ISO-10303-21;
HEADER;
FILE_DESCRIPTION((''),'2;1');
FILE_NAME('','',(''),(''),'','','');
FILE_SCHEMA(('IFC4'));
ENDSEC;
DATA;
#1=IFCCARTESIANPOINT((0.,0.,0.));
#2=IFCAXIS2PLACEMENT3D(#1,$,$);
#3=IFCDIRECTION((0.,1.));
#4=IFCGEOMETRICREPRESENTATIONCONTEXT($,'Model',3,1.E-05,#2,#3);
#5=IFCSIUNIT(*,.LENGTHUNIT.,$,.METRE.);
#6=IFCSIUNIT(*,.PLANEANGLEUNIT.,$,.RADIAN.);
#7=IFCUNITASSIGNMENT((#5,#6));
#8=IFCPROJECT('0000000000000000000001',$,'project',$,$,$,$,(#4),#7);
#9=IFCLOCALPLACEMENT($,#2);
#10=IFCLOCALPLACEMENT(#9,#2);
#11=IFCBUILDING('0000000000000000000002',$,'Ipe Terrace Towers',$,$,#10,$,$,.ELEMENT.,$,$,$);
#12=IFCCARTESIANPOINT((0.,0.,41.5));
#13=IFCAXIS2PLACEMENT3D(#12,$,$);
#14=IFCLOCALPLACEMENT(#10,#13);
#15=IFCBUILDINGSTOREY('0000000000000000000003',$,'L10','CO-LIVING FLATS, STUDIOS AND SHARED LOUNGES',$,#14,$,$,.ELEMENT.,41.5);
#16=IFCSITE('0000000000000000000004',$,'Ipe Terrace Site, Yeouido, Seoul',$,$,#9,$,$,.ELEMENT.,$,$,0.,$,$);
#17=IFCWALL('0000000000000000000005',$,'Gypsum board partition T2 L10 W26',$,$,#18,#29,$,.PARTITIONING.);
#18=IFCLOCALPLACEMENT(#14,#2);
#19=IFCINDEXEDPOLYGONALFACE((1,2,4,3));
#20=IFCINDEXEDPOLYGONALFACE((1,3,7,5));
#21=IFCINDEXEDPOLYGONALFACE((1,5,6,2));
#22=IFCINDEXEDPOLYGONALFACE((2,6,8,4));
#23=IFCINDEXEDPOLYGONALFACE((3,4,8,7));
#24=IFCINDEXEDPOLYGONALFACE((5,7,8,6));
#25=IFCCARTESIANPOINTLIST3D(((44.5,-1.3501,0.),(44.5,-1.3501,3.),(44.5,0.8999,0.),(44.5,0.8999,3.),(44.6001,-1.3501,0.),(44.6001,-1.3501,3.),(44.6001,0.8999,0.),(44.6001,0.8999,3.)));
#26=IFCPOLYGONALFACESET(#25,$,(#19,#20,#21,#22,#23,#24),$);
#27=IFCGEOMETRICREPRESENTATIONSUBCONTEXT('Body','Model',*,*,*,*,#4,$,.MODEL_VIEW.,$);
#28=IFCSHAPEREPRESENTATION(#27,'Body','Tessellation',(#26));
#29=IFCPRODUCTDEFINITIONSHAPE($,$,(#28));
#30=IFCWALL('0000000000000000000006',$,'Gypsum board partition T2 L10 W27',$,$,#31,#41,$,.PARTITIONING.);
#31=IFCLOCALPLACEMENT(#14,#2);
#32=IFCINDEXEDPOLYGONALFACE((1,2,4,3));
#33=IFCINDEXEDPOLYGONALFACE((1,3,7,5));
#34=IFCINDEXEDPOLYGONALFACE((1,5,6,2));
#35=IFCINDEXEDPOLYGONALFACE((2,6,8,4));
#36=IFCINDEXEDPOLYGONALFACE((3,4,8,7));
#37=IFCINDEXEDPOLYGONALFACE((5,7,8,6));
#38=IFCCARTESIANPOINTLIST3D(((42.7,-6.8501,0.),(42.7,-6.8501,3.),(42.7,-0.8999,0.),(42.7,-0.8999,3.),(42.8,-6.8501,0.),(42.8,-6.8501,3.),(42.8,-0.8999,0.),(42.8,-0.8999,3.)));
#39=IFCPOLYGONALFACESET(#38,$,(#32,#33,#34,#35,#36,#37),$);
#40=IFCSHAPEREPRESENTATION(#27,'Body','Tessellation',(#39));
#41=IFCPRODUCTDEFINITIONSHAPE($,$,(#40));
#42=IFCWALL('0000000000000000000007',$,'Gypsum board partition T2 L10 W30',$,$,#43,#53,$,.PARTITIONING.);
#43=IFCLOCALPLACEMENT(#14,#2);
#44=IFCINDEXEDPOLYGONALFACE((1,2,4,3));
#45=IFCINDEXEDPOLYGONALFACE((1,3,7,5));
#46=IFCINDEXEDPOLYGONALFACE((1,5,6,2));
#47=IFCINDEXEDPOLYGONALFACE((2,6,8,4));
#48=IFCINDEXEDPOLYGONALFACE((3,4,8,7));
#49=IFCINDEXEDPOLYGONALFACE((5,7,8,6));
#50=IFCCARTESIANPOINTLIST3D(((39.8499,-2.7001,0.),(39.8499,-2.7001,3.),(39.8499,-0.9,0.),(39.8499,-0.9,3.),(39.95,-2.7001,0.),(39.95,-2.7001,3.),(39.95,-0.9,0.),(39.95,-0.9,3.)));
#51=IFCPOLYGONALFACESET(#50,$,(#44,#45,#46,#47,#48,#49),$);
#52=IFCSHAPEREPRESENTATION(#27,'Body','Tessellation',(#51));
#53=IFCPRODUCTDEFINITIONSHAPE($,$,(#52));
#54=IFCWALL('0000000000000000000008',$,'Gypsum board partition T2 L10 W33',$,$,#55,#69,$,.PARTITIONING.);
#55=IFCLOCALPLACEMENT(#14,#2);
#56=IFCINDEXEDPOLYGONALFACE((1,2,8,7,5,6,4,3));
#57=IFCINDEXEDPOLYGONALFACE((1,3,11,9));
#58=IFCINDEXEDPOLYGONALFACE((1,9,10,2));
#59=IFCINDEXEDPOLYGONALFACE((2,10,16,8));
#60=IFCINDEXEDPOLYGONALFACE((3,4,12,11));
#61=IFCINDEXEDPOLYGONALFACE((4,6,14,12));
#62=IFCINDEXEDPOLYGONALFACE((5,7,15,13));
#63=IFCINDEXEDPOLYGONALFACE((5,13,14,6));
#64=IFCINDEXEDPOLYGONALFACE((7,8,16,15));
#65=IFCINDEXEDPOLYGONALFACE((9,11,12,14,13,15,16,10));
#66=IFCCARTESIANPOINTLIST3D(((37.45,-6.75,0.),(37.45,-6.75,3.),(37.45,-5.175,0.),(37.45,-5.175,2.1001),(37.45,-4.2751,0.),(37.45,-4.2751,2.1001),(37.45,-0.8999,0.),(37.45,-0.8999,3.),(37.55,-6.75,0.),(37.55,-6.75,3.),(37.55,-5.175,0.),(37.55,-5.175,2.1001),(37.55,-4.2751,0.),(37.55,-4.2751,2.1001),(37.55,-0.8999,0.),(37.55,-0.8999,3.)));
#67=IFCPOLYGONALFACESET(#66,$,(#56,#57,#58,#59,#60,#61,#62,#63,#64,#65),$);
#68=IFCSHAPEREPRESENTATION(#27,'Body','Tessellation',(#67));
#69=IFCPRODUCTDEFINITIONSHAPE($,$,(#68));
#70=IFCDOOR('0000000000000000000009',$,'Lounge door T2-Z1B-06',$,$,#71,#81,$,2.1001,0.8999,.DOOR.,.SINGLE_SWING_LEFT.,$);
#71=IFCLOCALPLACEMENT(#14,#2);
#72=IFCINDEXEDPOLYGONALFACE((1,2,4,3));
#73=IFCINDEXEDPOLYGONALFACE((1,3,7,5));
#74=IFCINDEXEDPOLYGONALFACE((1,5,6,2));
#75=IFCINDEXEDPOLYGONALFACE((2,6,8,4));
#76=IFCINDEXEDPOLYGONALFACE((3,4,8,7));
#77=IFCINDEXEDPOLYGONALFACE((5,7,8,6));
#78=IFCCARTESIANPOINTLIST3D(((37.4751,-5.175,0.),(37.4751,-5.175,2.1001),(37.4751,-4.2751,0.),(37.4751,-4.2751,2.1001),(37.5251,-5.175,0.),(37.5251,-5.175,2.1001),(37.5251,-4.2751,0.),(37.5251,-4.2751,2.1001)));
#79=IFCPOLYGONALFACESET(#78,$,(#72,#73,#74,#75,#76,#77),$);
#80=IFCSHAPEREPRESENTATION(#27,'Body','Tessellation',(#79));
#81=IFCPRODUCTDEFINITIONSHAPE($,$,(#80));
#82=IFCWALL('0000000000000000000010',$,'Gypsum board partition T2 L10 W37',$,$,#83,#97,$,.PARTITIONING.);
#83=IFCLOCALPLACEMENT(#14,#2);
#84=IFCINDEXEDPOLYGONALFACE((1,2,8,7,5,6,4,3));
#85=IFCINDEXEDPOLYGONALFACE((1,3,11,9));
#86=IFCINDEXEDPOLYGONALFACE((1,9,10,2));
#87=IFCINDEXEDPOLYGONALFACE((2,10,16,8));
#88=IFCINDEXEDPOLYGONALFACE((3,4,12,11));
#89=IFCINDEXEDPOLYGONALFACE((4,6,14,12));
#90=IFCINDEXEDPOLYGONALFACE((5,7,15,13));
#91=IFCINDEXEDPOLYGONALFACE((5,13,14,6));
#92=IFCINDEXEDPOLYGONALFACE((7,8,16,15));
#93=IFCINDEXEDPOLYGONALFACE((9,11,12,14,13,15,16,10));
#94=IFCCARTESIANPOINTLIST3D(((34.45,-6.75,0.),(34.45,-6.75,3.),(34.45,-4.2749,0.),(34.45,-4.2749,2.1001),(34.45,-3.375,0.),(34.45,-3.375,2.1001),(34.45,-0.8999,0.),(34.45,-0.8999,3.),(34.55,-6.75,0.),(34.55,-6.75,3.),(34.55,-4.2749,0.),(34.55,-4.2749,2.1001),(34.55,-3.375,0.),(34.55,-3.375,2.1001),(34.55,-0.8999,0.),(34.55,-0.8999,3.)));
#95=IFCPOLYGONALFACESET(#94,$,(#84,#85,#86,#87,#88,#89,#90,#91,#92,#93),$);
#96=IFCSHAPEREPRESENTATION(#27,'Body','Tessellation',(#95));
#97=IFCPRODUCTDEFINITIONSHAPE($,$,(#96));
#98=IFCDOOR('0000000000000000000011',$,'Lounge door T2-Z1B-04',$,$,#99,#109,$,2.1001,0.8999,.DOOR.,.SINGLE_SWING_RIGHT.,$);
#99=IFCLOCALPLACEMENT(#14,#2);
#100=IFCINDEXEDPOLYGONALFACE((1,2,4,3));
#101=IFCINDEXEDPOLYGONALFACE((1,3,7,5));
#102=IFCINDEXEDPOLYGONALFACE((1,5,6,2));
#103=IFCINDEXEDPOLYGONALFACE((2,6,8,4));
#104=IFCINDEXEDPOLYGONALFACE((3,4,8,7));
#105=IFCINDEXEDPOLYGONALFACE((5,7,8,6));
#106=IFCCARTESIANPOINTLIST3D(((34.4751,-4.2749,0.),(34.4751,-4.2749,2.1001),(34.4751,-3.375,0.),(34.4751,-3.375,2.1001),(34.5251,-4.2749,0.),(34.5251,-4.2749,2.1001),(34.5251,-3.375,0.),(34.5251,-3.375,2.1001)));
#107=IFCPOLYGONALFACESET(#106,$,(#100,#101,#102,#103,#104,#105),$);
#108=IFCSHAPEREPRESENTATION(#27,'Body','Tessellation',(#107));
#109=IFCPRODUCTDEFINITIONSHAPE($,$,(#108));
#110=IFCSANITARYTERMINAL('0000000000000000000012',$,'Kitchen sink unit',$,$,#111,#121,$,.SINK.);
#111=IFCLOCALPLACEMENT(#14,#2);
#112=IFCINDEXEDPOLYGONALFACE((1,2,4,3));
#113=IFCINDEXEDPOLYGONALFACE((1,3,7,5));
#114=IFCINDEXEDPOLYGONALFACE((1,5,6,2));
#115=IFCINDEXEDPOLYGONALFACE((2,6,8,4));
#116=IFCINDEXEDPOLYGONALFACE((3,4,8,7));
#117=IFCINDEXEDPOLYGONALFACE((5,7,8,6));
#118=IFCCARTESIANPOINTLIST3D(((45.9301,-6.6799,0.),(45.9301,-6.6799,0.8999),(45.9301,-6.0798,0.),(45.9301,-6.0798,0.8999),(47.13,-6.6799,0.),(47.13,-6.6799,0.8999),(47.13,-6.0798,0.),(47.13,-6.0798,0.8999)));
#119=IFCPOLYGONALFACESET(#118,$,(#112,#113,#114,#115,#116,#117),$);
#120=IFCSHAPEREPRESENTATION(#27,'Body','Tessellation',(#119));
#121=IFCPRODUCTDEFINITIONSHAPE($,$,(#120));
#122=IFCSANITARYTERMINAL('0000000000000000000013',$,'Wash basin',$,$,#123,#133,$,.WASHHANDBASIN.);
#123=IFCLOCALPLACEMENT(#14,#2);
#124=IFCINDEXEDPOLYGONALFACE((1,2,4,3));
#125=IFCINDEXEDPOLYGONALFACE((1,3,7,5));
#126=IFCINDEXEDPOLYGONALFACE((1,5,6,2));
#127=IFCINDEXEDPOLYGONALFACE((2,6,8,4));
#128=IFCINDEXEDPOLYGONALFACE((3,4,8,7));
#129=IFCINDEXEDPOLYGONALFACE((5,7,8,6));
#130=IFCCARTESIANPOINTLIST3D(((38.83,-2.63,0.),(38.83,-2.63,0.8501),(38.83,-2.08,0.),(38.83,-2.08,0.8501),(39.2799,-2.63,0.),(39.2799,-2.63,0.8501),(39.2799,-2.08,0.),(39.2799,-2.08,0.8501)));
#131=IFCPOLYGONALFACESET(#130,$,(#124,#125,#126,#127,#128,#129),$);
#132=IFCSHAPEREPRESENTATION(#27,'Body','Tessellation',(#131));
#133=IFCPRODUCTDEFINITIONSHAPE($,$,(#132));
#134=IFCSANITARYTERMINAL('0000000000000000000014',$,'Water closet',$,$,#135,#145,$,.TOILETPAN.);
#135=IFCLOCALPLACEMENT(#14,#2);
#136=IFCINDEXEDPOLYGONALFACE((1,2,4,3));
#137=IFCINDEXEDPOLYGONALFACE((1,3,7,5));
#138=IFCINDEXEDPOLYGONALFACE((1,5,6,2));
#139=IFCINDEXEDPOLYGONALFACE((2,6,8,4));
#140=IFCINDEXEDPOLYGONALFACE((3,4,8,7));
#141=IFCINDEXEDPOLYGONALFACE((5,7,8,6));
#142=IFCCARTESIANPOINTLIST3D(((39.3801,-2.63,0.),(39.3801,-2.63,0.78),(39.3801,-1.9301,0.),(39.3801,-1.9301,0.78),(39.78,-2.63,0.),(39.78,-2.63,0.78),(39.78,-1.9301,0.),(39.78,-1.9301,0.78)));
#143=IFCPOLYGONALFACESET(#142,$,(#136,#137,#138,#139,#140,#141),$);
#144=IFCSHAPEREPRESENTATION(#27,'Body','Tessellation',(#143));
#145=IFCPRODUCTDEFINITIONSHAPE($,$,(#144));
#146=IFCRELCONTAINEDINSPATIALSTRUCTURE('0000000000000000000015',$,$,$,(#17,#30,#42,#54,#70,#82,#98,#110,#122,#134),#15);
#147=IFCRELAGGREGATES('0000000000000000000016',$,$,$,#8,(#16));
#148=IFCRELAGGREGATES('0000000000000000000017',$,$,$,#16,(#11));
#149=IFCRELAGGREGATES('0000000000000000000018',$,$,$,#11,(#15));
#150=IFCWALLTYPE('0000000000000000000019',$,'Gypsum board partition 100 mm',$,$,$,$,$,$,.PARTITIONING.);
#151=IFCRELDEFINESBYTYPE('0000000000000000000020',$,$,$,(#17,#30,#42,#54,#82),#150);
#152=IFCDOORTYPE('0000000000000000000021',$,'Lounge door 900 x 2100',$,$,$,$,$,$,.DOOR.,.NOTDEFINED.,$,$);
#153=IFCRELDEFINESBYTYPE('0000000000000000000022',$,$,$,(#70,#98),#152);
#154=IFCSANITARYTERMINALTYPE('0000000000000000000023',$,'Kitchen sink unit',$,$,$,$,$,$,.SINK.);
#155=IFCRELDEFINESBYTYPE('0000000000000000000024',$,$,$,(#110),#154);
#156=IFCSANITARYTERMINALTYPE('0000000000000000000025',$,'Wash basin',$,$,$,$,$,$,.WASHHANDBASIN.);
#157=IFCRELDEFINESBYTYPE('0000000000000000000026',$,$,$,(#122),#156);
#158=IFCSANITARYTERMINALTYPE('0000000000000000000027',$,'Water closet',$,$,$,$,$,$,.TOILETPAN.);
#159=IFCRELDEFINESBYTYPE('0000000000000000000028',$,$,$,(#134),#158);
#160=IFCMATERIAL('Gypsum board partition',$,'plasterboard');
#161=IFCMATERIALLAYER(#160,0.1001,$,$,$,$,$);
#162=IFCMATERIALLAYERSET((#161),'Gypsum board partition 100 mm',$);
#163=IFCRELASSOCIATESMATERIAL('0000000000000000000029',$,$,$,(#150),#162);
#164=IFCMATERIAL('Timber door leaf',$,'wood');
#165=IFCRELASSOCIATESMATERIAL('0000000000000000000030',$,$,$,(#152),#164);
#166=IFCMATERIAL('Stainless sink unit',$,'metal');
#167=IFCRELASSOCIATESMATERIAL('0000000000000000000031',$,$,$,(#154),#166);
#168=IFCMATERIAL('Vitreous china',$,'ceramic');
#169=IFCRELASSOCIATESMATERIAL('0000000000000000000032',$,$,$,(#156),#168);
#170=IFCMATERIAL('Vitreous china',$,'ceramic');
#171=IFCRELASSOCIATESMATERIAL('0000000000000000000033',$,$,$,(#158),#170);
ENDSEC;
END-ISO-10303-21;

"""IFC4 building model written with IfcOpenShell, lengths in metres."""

from ifc_helpers import new_model, si_unit, direction, frame, frame_2d, origin, origin_2d, place, context, subcontext, project, spatial, rectangle, extrude, material, layer, layer_set, type_object, element, fill, save


model = new_model("IFC4")

# Units and contexts
model_context = context("Model", 3, precision=1e-05, world=origin(), true_north=direction((0.0, 1.0)))
body_context = subcontext(model_context, "Body", "Model", "MODEL_VIEW")
ifc_project = project(units=[si_unit("LENGTHUNIT", "METRE"), si_unit("PLANEANGLEUNIT", "RADIAN")], contexts=[model_context])

# Site, building, storey
site_placement = place(None, origin())
site = spatial("IfcSite", under=ifc_project, at=site_placement, Name="Ipe Terrace Site, Yeouido, Seoul", CompositionType="ELEMENT", RefElevation=0.0)
building_placement = place(site_placement, origin())
building = spatial("IfcBuilding", under=site, at=building_placement, Name="Ipe Terrace Towers", CompositionType="ELEMENT")
storey_placement = place(building_placement, frame((0.0, 0.0, 41.5)))
storey = spatial("IfcBuildingStorey", under=building, at=storey_placement, Name="L10", Description="CO-LIVING FLATS, STUDIOS AND SHARED LOUNGES", CompositionType="ELEMENT", Elevation=41.5)

# Shared definitions
ifc_material_1 = material(Name="Gypsum board partition", Category="plasterboard")
ifc_layer_1 = layer(ifc_material_1, 0.1001)
ifc_layer_set_1 = layer_set([ifc_layer_1], Name="Gypsum board partition 100 mm")
wall_type = type_object("IfcWallType", Name="Gypsum board partition 100 mm", PredefinedType="PARTITIONING", material=ifc_layer_set_1)

# Shared definitions
ifc_material_2 = material(Name="Timber door leaf", Category="wood")
door_type = type_object("IfcDoorType", Name="Lounge door 900 x 2100", OperationType="NOTDEFINED", PredefinedType="DOOR", material=ifc_material_2)

# Walls
wall_1_placement = place(storey_placement, frame((44.55, -1.3501, 0.0), z_axis=(0.0, 0.0, 1.0), x_axis=(0.0, 1.0, 0.0)))
element("IfcWall", 1, at=wall_1_placement, inside=storey, type_object=wall_type, Name="Gypsum board partition T2 L10 W26", PredefinedType="PARTITIONING", context=body_context, shape_type="SweptSolid", body=[
    extrude(rectangle(XDim=2.25, YDim=0.1001, at=frame_2d((1.125, 0.0))), origin(), (0.0, 0.0, 1.0), 3.0),
])
wall_2_placement = place(storey_placement, frame((42.75, -6.8501, 0.0), z_axis=(0.0, 0.0, 1.0), x_axis=(0.0, 1.0, 0.0)))
element("IfcWall", 2, at=wall_2_placement, inside=storey, type_object=wall_type, Name="Gypsum board partition T2 L10 W27", PredefinedType="PARTITIONING", context=body_context, shape_type="SweptSolid", body=[
    extrude(rectangle(XDim=5.9502, YDim=0.1001, at=frame_2d((2.9751, 0.0))), origin(), (0.0, 0.0, 1.0), 3.0),
])
wall_3_placement = place(storey_placement, frame((39.8999, -2.7, 0.0), z_axis=(0.0, 0.0, 1.0), x_axis=(0.0, 1.0, 0.0)))
element("IfcWall", 3, at=wall_3_placement, inside=storey, type_object=wall_type, Name="Gypsum board partition T2 L10 W30", PredefinedType="PARTITIONING", context=body_context, shape_type="SweptSolid", body=[
    extrude(rectangle(XDim=1.8, YDim=0.1001, at=frame_2d((0.8999, 0.0))), origin(), (0.0, 0.0, 1.0), 3.0),
])

# Walls, openings, doors
wall_4_placement = place(storey_placement, frame((37.5, -6.75, 0.0), z_axis=(0.0, 0.0, 1.0), x_axis=(0.0, 1.0, 0.0)))
wall_4 = element("IfcWall", 4, at=wall_4_placement, inside=storey, type_object=wall_type, Name="Gypsum board partition T2 L10 W33", PredefinedType="PARTITIONING", context=body_context, shape_type="SweptSolid", body=[
    extrude(rectangle(XDim=5.8501, YDim=0.1001, at=frame_2d((2.925, 0.0))), origin(), (0.0, 0.0, 1.0), 3.0),
])
opening_1_placement = place(wall_4_placement, frame((1.575, 0.0, 0.0)))
opening_1 = element("IfcOpeningElement", 5, at=opening_1_placement, cuts=wall_4, PredefinedType="OPENING", context=body_context, shape_type="SweptSolid", body=[
    extrude(rectangle(XDim=0.8999, YDim=2.1001, at=frame_2d((0.45, 1.05))), frame((0.0, 0.0601, 0.0), z_axis=(0.0, -1.0, 0.0), x_axis=(1.0, 0.0, 0.0)), (0.0, 0.0, 1.0), 0.1201),
])
door_1_placement = place(opening_1_placement, origin())
door_1 = element("IfcDoor", 6, at=door_1_placement, inside=storey, type_object=door_type, Name="Lounge door T2-Z1B-06", OperationType="SINGLE_SWING_LEFT", OverallHeight=2.1001, OverallWidth=0.8999, PredefinedType="DOOR", context=body_context, shape_type="SweptSolid", body=[
    extrude(rectangle(XDim=0.8999, YDim=2.1001, at=frame_2d((0.45, 1.05))), frame((0.0, 0.0249, 0.0), z_axis=(0.0, -1.0, 0.0), x_axis=(1.0, 0.0, 0.0)), (0.0, 0.0, 1.0), 0.05),
])
fill(opening_1, door_1)
wall_5_placement = place(storey_placement, frame((34.5, -6.75, 0.0), z_axis=(0.0, 0.0, 1.0), x_axis=(0.0, 1.0, 0.0)))
wall_5 = element("IfcWall", 7, at=wall_5_placement, inside=storey, type_object=wall_type, Name="Gypsum board partition T2 L10 W37", PredefinedType="PARTITIONING", context=body_context, shape_type="SweptSolid", body=[
    extrude(rectangle(XDim=5.8501, YDim=0.1001, at=frame_2d((2.925, 0.0))), origin(), (0.0, 0.0, 1.0), 3.0),
])
opening_2_placement = place(wall_5_placement, frame((2.4751, 0.0, 0.0)))
opening_2 = element("IfcOpeningElement", 8, at=opening_2_placement, cuts=wall_5, PredefinedType="OPENING", context=body_context, shape_type="SweptSolid", body=[
    extrude(rectangle(XDim=0.8999, YDim=2.1001, at=frame_2d((0.45, 1.05))), frame((0.0, 0.0601, 0.0), z_axis=(0.0, -1.0, 0.0), x_axis=(1.0, 0.0, 0.0)), (0.0, 0.0, 1.0), 0.1201),
])
door_2_placement = place(opening_2_placement, origin())
door_2 = element("IfcDoor", 9, at=door_2_placement, inside=storey, type_object=door_type, Name="Lounge door T2-Z1B-04", OperationType="SINGLE_SWING_RIGHT", OverallHeight=2.1001, OverallWidth=0.8999, PredefinedType="DOOR", context=body_context, shape_type="SweptSolid", body=[
    extrude(rectangle(XDim=0.8999, YDim=2.1001, at=frame_2d((0.45, 1.05))), frame((0.0, 0.0249, 0.0), z_axis=(0.0, -1.0, 0.0), x_axis=(1.0, 0.0, 0.0)), (0.0, 0.0, 1.0), 0.05),
])
fill(opening_2, door_2)

# Sanitary terminals
ifc_material_3 = material(Name="Stainless sink unit", Category="metal")
sanitary_terminal_type_1 = type_object("IfcSanitaryTerminalType", Name="Kitchen sink unit", PredefinedType="SINK", material=ifc_material_3)
sanitary_terminal_1_placement = place(storey_placement, frame((46.53, -6.3799, 0.0), z_axis=(0.0, 0.0, 1.0), x_axis=(-1.0, 0.0, 0.0)))
element("IfcSanitaryTerminal", 10, at=sanitary_terminal_1_placement, inside=storey, type_object=sanitary_terminal_type_1, Name="Kitchen sink unit", PredefinedType="SINK", context=body_context, shape_type="SweptSolid", body=[
    extrude(rectangle(XDim=1.2, YDim=0.6001, at=origin_2d()), origin(), (0.0, 0.0, 1.0), 0.8999),
])
ifc_material_4 = material(Name="Vitreous china", Category="ceramic")
sanitary_terminal_type_2 = type_object("IfcSanitaryTerminalType", Name="Wash basin", PredefinedType="WASHHANDBASIN", material=ifc_material_4)
sanitary_terminal_2_placement = place(storey_placement, frame((39.0549, -2.355, 0.0), z_axis=(0.0, 0.0, 1.0), x_axis=(0.0, 1.0, 0.0)))
element("IfcSanitaryTerminal", 11, at=sanitary_terminal_2_placement, inside=storey, type_object=sanitary_terminal_type_2, Name="Wash basin", PredefinedType="WASHHANDBASIN", context=body_context, shape_type="SweptSolid", body=[
    extrude(rectangle(XDim=0.55, YDim=0.45, at=origin_2d()), origin(), (0.0, 0.0, 1.0), 0.8501),
])
ifc_material_5 = material(Name="Vitreous china", Category="ceramic")
sanitary_terminal_type_3 = type_object("IfcSanitaryTerminalType", Name="Water closet", PredefinedType="TOILETPAN", material=ifc_material_5)
sanitary_terminal_3_placement = place(storey_placement, frame((39.5801, -2.28, 0.0), z_axis=(0.0, 0.0, 1.0), x_axis=(0.0, 1.0, 0.0)))
element("IfcSanitaryTerminal", 12, at=sanitary_terminal_3_placement, inside=storey, type_object=sanitary_terminal_type_3, Name="Water closet", PredefinedType="TOILETPAN", context=body_context, shape_type="SweptSolid", body=[
    extrude(rectangle(XDim=0.7, YDim=0.3999, at=origin_2d()), origin(), (0.0, 0.0, 1.0), 0.78),
])

save(model, "model.ifc")
